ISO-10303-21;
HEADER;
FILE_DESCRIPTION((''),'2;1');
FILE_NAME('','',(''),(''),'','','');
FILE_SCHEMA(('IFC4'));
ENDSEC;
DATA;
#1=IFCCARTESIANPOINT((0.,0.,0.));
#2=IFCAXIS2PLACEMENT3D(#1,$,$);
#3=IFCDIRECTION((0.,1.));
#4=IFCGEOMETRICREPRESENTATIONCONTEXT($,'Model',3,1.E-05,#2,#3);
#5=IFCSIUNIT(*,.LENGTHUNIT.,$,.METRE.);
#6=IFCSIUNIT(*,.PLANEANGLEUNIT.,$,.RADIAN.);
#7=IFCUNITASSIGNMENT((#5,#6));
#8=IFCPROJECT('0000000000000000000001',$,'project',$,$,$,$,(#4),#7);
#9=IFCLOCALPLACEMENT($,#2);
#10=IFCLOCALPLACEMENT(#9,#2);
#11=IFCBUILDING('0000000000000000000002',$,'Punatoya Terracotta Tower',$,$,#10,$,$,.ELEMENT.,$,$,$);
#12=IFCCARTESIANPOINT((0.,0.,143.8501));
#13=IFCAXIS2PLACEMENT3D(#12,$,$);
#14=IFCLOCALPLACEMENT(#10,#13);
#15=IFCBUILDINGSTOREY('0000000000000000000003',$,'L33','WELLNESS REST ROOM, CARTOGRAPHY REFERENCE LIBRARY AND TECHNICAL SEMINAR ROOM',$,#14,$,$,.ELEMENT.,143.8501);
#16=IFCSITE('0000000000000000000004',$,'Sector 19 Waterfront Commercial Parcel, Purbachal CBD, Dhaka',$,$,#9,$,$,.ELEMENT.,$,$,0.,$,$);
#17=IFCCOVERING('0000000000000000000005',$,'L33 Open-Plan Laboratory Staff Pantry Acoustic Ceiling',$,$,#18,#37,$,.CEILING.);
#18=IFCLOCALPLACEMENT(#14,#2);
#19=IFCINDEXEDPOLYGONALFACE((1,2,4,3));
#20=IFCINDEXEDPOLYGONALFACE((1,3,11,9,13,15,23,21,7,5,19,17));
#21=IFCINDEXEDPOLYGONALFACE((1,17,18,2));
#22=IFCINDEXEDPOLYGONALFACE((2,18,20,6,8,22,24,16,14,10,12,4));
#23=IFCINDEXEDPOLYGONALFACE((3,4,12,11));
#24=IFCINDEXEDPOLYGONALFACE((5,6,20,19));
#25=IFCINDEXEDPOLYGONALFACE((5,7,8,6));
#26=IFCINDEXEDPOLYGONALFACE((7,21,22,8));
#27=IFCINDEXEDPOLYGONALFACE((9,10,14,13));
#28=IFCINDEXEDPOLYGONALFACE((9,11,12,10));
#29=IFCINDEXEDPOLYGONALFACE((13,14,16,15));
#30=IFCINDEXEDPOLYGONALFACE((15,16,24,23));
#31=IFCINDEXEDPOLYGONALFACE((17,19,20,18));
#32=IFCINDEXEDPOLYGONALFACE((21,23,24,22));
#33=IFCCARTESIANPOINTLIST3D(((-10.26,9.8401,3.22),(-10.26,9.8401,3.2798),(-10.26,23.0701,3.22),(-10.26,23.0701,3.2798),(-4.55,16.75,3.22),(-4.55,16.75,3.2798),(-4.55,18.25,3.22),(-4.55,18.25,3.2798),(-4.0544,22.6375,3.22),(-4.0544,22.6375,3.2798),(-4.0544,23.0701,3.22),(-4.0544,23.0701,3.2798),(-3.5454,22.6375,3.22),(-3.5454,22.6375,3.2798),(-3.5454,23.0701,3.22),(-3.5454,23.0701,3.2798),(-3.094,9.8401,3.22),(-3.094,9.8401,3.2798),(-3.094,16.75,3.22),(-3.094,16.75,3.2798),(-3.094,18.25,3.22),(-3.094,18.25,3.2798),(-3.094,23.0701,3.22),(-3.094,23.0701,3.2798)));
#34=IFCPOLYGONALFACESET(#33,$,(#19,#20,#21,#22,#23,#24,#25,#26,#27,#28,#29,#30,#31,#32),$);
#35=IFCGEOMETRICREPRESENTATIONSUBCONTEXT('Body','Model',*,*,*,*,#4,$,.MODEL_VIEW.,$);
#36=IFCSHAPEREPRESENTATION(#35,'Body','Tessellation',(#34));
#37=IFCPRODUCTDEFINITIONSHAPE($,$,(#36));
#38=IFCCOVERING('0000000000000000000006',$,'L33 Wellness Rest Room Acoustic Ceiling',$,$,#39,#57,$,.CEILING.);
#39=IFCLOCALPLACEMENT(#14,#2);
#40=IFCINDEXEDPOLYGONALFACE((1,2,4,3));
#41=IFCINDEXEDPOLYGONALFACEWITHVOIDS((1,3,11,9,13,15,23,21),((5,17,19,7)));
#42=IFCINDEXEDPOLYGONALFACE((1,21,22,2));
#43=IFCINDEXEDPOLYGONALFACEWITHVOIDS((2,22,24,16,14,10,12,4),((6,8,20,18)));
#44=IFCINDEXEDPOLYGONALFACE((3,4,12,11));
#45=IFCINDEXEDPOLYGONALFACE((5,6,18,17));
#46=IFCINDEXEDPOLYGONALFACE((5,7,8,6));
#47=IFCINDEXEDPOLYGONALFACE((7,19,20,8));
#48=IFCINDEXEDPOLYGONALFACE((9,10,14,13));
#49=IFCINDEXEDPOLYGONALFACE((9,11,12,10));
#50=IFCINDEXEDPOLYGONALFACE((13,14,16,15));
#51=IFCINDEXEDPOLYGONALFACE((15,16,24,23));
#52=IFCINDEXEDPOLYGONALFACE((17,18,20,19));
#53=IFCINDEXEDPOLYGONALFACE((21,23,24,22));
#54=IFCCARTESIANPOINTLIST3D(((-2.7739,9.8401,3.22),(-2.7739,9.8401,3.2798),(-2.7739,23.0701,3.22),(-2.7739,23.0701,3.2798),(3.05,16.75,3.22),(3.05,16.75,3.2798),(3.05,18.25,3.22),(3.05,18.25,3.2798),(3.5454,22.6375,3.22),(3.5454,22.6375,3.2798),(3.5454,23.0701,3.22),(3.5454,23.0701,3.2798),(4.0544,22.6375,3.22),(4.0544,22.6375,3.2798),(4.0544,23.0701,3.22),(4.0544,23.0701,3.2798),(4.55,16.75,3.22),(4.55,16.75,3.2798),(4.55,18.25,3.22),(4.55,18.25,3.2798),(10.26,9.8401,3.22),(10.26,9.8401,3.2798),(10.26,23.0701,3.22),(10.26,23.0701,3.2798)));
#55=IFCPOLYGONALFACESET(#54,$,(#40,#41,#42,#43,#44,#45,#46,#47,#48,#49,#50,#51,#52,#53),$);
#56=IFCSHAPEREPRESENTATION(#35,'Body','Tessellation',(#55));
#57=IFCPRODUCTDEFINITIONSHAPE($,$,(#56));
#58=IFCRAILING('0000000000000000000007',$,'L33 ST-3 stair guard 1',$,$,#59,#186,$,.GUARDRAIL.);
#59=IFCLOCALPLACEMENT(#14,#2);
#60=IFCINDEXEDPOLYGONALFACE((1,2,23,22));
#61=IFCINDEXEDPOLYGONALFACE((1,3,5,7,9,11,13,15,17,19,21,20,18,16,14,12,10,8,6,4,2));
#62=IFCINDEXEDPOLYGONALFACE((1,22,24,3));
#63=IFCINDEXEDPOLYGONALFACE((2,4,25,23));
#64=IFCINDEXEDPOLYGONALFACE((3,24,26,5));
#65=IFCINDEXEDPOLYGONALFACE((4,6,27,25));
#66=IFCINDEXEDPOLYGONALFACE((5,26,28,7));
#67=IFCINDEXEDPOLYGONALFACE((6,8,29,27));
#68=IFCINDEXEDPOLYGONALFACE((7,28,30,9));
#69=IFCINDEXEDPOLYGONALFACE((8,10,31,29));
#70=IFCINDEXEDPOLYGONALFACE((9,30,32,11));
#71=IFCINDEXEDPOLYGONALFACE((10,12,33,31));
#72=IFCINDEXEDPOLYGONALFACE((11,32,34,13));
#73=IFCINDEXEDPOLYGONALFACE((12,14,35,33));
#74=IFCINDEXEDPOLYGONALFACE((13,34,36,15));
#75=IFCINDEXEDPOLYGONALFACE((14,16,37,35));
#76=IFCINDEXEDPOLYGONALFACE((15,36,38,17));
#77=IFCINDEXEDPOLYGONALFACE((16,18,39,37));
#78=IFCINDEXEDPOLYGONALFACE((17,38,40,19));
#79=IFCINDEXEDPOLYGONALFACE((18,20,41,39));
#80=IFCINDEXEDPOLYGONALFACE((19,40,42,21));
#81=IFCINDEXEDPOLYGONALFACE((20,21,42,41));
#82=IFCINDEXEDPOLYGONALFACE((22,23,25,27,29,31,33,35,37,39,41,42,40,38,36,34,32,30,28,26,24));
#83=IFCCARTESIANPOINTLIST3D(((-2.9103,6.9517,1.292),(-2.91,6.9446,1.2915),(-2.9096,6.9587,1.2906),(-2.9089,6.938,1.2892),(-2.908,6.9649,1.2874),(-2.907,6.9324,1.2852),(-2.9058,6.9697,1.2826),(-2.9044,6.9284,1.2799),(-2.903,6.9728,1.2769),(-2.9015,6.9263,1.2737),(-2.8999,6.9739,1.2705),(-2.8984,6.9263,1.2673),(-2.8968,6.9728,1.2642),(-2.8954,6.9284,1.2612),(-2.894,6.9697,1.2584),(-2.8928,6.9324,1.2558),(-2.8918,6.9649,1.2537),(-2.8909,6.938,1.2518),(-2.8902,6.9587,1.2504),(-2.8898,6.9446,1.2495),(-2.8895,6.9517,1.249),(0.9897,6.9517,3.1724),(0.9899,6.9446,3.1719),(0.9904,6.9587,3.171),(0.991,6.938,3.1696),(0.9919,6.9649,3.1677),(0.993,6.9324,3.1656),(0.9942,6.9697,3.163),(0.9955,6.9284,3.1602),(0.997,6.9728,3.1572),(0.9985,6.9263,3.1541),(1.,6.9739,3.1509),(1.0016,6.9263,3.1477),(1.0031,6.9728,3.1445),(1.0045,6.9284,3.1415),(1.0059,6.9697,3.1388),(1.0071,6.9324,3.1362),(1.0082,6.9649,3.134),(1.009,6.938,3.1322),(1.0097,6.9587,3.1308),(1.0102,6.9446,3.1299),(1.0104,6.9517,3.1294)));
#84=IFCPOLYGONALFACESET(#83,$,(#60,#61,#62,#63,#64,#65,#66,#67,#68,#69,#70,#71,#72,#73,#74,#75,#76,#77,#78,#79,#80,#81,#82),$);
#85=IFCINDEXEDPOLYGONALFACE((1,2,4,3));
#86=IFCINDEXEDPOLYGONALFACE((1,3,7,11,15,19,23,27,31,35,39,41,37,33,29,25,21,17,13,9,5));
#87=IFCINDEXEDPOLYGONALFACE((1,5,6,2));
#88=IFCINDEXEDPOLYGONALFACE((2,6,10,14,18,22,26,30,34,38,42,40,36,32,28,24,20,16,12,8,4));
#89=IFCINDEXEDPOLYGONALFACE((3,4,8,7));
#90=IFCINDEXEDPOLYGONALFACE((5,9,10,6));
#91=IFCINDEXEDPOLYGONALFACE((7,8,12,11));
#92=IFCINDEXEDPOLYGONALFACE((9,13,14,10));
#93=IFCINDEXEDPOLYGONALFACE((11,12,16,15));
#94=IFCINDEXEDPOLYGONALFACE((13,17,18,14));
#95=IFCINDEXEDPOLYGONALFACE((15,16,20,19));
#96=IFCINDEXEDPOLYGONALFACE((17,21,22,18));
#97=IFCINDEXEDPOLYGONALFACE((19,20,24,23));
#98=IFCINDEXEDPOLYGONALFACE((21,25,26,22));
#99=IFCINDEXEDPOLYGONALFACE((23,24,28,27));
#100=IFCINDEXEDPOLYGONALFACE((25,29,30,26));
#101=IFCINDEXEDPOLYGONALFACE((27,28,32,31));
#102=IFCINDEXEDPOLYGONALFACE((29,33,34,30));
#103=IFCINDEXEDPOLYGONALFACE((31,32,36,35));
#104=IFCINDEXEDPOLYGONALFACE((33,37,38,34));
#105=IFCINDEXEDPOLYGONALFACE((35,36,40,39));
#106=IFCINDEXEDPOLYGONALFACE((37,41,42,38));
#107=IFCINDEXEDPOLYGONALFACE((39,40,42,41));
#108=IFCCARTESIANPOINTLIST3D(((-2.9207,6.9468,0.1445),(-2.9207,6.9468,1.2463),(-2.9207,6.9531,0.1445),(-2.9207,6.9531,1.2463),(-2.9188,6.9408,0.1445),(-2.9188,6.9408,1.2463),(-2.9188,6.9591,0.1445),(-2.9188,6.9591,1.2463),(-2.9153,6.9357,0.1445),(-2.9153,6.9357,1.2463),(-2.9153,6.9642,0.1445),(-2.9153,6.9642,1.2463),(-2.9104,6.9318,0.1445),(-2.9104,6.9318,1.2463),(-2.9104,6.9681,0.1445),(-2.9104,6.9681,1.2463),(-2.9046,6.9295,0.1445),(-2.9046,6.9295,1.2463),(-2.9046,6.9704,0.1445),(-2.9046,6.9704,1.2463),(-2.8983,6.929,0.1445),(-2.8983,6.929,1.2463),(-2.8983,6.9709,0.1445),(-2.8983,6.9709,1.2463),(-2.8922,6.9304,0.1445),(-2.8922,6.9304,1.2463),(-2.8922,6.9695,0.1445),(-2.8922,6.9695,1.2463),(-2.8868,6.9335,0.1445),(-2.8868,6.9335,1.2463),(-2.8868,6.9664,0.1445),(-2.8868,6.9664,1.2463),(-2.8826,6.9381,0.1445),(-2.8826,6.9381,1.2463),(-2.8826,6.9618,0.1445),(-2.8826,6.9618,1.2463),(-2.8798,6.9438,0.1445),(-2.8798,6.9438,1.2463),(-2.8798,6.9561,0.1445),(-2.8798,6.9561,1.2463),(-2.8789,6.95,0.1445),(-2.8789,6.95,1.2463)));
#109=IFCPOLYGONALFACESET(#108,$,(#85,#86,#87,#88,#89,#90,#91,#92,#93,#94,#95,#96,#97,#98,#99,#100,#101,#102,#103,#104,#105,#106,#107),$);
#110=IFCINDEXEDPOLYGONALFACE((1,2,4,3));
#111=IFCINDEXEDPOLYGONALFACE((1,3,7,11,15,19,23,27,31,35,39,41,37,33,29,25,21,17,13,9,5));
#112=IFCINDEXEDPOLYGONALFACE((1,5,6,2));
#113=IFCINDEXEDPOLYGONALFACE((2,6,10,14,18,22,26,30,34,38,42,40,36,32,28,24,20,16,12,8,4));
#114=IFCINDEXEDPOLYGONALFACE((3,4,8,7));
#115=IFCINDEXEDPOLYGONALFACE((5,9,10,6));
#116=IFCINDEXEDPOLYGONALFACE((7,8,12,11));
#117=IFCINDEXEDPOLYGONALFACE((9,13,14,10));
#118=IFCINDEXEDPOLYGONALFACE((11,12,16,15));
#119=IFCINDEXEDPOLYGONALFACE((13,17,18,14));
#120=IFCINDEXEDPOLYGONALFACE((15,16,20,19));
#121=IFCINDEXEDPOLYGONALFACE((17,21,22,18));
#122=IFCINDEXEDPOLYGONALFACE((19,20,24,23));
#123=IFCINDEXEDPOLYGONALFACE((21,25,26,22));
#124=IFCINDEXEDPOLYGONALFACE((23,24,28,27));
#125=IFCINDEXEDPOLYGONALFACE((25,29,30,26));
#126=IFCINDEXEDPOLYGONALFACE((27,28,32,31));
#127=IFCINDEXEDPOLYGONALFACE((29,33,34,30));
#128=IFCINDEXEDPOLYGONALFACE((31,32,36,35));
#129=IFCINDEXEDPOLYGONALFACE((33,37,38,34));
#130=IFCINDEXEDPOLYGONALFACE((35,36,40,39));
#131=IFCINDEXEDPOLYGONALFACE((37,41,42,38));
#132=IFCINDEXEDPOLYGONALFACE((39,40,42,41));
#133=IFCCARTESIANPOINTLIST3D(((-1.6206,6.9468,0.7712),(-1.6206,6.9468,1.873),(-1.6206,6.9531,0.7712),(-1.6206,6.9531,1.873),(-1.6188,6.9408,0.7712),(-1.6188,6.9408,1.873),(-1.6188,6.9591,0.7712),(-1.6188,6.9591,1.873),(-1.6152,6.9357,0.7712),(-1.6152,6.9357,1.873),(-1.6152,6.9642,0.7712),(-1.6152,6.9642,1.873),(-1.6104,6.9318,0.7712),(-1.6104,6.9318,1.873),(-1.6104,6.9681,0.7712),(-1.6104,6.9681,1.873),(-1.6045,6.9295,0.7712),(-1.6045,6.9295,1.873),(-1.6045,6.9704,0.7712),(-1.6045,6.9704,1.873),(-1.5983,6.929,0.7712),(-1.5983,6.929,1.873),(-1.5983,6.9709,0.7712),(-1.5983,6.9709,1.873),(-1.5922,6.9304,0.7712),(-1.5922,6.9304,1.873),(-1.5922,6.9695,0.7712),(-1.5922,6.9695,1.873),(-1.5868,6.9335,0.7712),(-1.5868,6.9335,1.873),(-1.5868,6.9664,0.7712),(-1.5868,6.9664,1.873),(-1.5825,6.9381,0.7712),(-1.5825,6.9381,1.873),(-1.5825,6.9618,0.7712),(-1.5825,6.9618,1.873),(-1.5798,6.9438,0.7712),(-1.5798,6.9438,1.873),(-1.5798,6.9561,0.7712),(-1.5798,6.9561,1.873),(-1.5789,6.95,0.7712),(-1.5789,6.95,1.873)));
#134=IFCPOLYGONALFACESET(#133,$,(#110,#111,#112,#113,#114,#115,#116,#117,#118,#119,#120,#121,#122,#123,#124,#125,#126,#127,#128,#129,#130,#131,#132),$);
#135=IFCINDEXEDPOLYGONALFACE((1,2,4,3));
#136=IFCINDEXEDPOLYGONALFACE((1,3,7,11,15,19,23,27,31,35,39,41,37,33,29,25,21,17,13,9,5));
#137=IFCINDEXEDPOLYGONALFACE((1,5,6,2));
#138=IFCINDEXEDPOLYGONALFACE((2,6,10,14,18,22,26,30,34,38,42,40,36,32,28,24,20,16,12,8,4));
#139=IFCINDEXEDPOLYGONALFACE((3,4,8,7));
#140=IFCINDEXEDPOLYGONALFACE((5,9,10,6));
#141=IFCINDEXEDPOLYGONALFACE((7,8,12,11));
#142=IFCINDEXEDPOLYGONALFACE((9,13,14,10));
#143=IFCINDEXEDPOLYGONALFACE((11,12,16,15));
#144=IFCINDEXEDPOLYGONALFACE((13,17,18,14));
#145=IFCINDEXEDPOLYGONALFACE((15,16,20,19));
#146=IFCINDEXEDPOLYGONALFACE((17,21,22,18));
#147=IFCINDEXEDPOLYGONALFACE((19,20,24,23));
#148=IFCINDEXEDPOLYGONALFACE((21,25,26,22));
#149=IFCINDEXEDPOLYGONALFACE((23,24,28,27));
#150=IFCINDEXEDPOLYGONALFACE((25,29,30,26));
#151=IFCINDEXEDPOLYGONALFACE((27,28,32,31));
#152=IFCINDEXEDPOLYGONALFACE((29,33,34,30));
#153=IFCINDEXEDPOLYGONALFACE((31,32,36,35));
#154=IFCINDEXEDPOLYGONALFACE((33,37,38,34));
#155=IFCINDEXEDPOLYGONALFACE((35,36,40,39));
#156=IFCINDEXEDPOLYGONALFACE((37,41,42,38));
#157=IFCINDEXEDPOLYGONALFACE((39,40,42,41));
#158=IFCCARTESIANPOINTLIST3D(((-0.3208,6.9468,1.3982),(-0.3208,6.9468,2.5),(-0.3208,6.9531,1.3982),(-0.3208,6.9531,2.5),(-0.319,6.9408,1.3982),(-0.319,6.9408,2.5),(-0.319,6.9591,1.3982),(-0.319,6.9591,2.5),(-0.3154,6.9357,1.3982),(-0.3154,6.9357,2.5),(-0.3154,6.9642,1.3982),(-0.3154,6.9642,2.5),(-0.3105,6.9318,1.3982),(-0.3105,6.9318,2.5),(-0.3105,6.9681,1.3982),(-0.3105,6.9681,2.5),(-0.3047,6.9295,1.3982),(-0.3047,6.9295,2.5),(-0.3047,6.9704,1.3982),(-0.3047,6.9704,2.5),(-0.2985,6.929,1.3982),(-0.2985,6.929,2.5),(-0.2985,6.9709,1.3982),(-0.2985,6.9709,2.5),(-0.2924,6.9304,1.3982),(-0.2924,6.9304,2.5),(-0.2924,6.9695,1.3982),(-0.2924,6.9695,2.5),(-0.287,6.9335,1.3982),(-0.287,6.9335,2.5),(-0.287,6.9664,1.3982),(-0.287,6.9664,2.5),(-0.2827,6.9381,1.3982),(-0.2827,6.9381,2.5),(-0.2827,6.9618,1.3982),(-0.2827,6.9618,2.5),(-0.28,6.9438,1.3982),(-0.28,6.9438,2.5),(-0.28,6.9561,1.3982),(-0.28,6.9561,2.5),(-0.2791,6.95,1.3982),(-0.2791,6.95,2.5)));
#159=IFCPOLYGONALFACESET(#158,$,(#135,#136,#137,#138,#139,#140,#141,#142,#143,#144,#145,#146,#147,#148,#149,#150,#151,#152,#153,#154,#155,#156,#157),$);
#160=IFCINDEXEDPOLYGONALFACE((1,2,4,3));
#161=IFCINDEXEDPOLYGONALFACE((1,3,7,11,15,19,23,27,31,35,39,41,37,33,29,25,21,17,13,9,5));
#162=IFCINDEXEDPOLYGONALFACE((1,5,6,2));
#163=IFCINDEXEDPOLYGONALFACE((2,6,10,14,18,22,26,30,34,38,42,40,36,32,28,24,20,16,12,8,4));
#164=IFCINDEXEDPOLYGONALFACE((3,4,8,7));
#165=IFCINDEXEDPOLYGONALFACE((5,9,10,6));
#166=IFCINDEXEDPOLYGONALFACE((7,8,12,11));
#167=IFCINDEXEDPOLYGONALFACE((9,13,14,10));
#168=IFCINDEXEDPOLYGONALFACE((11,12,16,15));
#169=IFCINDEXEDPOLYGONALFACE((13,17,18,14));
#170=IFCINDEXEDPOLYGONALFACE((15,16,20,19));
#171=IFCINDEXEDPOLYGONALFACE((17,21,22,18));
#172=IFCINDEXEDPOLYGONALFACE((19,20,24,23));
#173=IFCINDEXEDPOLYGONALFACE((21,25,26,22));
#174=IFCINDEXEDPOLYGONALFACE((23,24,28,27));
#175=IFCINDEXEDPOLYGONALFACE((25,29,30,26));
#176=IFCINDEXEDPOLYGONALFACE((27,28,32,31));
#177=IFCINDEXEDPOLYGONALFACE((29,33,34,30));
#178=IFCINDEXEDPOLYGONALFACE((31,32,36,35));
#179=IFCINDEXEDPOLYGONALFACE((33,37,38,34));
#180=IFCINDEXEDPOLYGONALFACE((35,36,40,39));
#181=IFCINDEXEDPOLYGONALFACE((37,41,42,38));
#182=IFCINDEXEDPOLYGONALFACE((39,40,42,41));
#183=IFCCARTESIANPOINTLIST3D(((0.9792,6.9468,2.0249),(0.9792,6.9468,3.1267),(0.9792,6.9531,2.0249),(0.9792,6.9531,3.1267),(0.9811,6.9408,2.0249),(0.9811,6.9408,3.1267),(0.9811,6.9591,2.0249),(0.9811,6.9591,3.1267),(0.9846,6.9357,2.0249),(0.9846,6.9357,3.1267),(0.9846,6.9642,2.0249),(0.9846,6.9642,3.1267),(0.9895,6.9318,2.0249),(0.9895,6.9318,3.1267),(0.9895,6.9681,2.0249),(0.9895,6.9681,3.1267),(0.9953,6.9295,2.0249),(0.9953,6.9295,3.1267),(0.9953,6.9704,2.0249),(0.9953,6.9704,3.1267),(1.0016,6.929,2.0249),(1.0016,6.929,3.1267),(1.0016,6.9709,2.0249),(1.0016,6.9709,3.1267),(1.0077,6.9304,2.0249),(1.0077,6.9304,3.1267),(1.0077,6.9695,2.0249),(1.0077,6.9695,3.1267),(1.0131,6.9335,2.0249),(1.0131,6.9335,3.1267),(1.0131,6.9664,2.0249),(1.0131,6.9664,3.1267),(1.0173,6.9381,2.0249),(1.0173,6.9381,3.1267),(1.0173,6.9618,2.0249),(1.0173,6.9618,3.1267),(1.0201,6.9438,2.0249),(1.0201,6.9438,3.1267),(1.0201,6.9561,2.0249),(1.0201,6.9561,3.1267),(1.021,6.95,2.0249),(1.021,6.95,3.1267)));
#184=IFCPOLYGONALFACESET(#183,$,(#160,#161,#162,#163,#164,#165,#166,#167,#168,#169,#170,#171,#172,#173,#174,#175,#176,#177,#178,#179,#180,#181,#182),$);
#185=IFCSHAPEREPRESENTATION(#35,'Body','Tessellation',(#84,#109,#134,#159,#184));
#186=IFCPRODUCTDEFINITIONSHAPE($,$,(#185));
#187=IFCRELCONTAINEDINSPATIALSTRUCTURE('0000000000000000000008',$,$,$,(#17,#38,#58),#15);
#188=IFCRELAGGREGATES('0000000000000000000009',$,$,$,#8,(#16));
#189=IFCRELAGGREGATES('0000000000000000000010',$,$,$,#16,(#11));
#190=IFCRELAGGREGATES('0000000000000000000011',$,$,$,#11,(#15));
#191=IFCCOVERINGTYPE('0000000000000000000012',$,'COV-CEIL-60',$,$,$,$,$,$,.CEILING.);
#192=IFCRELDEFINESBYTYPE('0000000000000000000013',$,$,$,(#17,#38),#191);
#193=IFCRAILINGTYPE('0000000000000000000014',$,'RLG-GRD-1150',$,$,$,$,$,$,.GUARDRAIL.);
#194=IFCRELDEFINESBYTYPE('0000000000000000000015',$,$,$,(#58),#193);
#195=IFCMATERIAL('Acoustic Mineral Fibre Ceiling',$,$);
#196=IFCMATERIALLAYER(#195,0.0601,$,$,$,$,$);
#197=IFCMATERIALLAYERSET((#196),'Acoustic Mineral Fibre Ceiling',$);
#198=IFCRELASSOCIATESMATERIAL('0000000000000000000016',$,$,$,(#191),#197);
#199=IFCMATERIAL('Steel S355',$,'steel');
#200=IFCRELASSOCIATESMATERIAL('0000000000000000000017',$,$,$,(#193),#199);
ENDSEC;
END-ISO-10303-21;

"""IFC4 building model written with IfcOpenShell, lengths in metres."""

from ifc_helpers import new_model, si_unit, direction, frame, origin, origin_2d, place, context, subcontext, project, spatial, polyline, circle, outline, extrude, material, layer, layer_set, type_object, element, save


model = new_model("IFC4")

# Units and contexts
model_context = context("Model", 3, precision=1e-05, world=origin(), true_north=direction((0.0, 1.0)))
body_context = subcontext(model_context, "Body", "Model", "MODEL_VIEW")
ifc_project = project(units=[si_unit("LENGTHUNIT", "METRE"), si_unit("PLANEANGLEUNIT", "RADIAN")], contexts=[model_context])

# Site, building, storey
site_placement = place(None, origin())
site = spatial("IfcSite", under=ifc_project, at=site_placement, Name="Sector 19 Waterfront Commercial Parcel, Purbachal CBD, Dhaka", CompositionType="ELEMENT", RefElevation=0.0)
building_placement = place(site_placement, origin())
building = spatial("IfcBuilding", under=site, at=building_placement, Name="Punatoya Terracotta Tower", CompositionType="ELEMENT")
storey_placement = place(building_placement, frame((0.0, 0.0, 143.8501)))
storey = spatial("IfcBuildingStorey", under=building, at=storey_placement, Name="L33", Description="WELLNESS REST ROOM, CARTOGRAPHY REFERENCE LIBRARY AND TECHNICAL SEMINAR ROOM", CompositionType="ELEMENT", Elevation=143.8501)

# Shared definitions
ifc_material_1 = material(Name="Steel S355", Category="steel")

# Coverings
ifc_material_2 = material(Name="Acoustic Mineral Fibre Ceiling")
ifc_layer_1 = layer(ifc_material_2, 0.0601)
ifc_layer_set_1 = layer_set([ifc_layer_1], Name="Acoustic Mineral Fibre Ceiling")
covering_type = type_object("IfcCoveringType", Name="COV-CEIL-60", PredefinedType="CEILING", material=ifc_layer_set_1)
covering_1_placement = place(storey_placement, frame((0.0, 0.0, 3.22)))
element("IfcCovering", 1, at=covering_1_placement, inside=storey, type_object=covering_type, Name="L33 Open-Plan Laboratory Staff Pantry Acoustic Ceiling", PredefinedType="CEILING", context=body_context, shape_type="SweptSolid", body=[
    extrude(outline(polyline([(-3.5454, 23.0701), (-3.5454, 22.6375), (-4.0544, 22.6375), (-4.0544, 23.0701), (-10.26, 23.0701), (-10.26, 9.8401), (-3.094, 9.8401), (-3.094, 16.75), (-4.55, 16.75), (-4.55, 18.25), (-3.094, 18.25), (-3.094, 23.0701), (-3.5454, 23.0701)])), origin(), (0.0, 0.0, 1.0), 0.0598),
])
covering_2_placement = place(storey_placement, frame((0.0, 0.0, 3.22)))
element("IfcCovering", 2, at=covering_2_placement, inside=storey, type_object=covering_type, Name="L33 Wellness Rest Room Acoustic Ceiling", PredefinedType="CEILING", context=body_context, shape_type="SweptSolid", body=[
    extrude(outline(polyline([(10.26, 9.8401), (10.26, 23.0701), (4.0544, 23.0701), (4.0544, 22.6375), (3.5454, 22.6375), (3.5454, 23.0701), (-2.7739, 23.0701), (-2.7739, 9.8401), (10.26, 9.8401)]), holes=[polyline([(4.55, 16.75), (3.05, 16.75), (3.05, 18.25), (4.55, 18.25), (4.55, 16.75)])]), origin(), (0.0, 0.0, 1.0), 0.0598),
])

# Railing
railing_type_1 = type_object("IfcRailingType", Name="RLG-GRD-1150", PredefinedType="GUARDRAIL", material=ifc_material_1)
railing_1_placement = place(storey_placement, frame((-2.8999, 6.95, 0.1445)))
element("IfcRailing", 3, at=railing_1_placement, inside=storey, type_object=railing_type_1, Name="L33 ST-3 stair guard 1", PredefinedType="GUARDRAIL", context=body_context, shape_type="SweptSolid", body=[
    extrude(circle(Radius=0.0239, at=origin_2d()), frame((0.0, 0.0, 1.126), z_axis=(0.900763, 0.0, 0.434311), x_axis=(0.0, 1.0, 0.0)), (0.0, 0.0, 1.0), 4.3296),
    extrude(circle(Radius=0.021, at=origin_2d()), origin(), (0.0, 0.0, 1.0), 1.1018),
    extrude(circle(Radius=0.021, at=origin_2d()), frame((1.3, 0.0, 0.6267)), (0.0, 0.0, 1.0), 1.1018),
    extrude(circle(Radius=0.021, at=origin_2d()), frame((2.5999, 0.0, 1.2537)), (0.0, 0.0, 1.0), 1.1018),
    extrude(circle(Radius=0.021, at=origin_2d()), frame((3.8999, 0.0, 1.8804)), (0.0, 0.0, 1.0), 1.1018),
])

save(model, "model.ifc")
